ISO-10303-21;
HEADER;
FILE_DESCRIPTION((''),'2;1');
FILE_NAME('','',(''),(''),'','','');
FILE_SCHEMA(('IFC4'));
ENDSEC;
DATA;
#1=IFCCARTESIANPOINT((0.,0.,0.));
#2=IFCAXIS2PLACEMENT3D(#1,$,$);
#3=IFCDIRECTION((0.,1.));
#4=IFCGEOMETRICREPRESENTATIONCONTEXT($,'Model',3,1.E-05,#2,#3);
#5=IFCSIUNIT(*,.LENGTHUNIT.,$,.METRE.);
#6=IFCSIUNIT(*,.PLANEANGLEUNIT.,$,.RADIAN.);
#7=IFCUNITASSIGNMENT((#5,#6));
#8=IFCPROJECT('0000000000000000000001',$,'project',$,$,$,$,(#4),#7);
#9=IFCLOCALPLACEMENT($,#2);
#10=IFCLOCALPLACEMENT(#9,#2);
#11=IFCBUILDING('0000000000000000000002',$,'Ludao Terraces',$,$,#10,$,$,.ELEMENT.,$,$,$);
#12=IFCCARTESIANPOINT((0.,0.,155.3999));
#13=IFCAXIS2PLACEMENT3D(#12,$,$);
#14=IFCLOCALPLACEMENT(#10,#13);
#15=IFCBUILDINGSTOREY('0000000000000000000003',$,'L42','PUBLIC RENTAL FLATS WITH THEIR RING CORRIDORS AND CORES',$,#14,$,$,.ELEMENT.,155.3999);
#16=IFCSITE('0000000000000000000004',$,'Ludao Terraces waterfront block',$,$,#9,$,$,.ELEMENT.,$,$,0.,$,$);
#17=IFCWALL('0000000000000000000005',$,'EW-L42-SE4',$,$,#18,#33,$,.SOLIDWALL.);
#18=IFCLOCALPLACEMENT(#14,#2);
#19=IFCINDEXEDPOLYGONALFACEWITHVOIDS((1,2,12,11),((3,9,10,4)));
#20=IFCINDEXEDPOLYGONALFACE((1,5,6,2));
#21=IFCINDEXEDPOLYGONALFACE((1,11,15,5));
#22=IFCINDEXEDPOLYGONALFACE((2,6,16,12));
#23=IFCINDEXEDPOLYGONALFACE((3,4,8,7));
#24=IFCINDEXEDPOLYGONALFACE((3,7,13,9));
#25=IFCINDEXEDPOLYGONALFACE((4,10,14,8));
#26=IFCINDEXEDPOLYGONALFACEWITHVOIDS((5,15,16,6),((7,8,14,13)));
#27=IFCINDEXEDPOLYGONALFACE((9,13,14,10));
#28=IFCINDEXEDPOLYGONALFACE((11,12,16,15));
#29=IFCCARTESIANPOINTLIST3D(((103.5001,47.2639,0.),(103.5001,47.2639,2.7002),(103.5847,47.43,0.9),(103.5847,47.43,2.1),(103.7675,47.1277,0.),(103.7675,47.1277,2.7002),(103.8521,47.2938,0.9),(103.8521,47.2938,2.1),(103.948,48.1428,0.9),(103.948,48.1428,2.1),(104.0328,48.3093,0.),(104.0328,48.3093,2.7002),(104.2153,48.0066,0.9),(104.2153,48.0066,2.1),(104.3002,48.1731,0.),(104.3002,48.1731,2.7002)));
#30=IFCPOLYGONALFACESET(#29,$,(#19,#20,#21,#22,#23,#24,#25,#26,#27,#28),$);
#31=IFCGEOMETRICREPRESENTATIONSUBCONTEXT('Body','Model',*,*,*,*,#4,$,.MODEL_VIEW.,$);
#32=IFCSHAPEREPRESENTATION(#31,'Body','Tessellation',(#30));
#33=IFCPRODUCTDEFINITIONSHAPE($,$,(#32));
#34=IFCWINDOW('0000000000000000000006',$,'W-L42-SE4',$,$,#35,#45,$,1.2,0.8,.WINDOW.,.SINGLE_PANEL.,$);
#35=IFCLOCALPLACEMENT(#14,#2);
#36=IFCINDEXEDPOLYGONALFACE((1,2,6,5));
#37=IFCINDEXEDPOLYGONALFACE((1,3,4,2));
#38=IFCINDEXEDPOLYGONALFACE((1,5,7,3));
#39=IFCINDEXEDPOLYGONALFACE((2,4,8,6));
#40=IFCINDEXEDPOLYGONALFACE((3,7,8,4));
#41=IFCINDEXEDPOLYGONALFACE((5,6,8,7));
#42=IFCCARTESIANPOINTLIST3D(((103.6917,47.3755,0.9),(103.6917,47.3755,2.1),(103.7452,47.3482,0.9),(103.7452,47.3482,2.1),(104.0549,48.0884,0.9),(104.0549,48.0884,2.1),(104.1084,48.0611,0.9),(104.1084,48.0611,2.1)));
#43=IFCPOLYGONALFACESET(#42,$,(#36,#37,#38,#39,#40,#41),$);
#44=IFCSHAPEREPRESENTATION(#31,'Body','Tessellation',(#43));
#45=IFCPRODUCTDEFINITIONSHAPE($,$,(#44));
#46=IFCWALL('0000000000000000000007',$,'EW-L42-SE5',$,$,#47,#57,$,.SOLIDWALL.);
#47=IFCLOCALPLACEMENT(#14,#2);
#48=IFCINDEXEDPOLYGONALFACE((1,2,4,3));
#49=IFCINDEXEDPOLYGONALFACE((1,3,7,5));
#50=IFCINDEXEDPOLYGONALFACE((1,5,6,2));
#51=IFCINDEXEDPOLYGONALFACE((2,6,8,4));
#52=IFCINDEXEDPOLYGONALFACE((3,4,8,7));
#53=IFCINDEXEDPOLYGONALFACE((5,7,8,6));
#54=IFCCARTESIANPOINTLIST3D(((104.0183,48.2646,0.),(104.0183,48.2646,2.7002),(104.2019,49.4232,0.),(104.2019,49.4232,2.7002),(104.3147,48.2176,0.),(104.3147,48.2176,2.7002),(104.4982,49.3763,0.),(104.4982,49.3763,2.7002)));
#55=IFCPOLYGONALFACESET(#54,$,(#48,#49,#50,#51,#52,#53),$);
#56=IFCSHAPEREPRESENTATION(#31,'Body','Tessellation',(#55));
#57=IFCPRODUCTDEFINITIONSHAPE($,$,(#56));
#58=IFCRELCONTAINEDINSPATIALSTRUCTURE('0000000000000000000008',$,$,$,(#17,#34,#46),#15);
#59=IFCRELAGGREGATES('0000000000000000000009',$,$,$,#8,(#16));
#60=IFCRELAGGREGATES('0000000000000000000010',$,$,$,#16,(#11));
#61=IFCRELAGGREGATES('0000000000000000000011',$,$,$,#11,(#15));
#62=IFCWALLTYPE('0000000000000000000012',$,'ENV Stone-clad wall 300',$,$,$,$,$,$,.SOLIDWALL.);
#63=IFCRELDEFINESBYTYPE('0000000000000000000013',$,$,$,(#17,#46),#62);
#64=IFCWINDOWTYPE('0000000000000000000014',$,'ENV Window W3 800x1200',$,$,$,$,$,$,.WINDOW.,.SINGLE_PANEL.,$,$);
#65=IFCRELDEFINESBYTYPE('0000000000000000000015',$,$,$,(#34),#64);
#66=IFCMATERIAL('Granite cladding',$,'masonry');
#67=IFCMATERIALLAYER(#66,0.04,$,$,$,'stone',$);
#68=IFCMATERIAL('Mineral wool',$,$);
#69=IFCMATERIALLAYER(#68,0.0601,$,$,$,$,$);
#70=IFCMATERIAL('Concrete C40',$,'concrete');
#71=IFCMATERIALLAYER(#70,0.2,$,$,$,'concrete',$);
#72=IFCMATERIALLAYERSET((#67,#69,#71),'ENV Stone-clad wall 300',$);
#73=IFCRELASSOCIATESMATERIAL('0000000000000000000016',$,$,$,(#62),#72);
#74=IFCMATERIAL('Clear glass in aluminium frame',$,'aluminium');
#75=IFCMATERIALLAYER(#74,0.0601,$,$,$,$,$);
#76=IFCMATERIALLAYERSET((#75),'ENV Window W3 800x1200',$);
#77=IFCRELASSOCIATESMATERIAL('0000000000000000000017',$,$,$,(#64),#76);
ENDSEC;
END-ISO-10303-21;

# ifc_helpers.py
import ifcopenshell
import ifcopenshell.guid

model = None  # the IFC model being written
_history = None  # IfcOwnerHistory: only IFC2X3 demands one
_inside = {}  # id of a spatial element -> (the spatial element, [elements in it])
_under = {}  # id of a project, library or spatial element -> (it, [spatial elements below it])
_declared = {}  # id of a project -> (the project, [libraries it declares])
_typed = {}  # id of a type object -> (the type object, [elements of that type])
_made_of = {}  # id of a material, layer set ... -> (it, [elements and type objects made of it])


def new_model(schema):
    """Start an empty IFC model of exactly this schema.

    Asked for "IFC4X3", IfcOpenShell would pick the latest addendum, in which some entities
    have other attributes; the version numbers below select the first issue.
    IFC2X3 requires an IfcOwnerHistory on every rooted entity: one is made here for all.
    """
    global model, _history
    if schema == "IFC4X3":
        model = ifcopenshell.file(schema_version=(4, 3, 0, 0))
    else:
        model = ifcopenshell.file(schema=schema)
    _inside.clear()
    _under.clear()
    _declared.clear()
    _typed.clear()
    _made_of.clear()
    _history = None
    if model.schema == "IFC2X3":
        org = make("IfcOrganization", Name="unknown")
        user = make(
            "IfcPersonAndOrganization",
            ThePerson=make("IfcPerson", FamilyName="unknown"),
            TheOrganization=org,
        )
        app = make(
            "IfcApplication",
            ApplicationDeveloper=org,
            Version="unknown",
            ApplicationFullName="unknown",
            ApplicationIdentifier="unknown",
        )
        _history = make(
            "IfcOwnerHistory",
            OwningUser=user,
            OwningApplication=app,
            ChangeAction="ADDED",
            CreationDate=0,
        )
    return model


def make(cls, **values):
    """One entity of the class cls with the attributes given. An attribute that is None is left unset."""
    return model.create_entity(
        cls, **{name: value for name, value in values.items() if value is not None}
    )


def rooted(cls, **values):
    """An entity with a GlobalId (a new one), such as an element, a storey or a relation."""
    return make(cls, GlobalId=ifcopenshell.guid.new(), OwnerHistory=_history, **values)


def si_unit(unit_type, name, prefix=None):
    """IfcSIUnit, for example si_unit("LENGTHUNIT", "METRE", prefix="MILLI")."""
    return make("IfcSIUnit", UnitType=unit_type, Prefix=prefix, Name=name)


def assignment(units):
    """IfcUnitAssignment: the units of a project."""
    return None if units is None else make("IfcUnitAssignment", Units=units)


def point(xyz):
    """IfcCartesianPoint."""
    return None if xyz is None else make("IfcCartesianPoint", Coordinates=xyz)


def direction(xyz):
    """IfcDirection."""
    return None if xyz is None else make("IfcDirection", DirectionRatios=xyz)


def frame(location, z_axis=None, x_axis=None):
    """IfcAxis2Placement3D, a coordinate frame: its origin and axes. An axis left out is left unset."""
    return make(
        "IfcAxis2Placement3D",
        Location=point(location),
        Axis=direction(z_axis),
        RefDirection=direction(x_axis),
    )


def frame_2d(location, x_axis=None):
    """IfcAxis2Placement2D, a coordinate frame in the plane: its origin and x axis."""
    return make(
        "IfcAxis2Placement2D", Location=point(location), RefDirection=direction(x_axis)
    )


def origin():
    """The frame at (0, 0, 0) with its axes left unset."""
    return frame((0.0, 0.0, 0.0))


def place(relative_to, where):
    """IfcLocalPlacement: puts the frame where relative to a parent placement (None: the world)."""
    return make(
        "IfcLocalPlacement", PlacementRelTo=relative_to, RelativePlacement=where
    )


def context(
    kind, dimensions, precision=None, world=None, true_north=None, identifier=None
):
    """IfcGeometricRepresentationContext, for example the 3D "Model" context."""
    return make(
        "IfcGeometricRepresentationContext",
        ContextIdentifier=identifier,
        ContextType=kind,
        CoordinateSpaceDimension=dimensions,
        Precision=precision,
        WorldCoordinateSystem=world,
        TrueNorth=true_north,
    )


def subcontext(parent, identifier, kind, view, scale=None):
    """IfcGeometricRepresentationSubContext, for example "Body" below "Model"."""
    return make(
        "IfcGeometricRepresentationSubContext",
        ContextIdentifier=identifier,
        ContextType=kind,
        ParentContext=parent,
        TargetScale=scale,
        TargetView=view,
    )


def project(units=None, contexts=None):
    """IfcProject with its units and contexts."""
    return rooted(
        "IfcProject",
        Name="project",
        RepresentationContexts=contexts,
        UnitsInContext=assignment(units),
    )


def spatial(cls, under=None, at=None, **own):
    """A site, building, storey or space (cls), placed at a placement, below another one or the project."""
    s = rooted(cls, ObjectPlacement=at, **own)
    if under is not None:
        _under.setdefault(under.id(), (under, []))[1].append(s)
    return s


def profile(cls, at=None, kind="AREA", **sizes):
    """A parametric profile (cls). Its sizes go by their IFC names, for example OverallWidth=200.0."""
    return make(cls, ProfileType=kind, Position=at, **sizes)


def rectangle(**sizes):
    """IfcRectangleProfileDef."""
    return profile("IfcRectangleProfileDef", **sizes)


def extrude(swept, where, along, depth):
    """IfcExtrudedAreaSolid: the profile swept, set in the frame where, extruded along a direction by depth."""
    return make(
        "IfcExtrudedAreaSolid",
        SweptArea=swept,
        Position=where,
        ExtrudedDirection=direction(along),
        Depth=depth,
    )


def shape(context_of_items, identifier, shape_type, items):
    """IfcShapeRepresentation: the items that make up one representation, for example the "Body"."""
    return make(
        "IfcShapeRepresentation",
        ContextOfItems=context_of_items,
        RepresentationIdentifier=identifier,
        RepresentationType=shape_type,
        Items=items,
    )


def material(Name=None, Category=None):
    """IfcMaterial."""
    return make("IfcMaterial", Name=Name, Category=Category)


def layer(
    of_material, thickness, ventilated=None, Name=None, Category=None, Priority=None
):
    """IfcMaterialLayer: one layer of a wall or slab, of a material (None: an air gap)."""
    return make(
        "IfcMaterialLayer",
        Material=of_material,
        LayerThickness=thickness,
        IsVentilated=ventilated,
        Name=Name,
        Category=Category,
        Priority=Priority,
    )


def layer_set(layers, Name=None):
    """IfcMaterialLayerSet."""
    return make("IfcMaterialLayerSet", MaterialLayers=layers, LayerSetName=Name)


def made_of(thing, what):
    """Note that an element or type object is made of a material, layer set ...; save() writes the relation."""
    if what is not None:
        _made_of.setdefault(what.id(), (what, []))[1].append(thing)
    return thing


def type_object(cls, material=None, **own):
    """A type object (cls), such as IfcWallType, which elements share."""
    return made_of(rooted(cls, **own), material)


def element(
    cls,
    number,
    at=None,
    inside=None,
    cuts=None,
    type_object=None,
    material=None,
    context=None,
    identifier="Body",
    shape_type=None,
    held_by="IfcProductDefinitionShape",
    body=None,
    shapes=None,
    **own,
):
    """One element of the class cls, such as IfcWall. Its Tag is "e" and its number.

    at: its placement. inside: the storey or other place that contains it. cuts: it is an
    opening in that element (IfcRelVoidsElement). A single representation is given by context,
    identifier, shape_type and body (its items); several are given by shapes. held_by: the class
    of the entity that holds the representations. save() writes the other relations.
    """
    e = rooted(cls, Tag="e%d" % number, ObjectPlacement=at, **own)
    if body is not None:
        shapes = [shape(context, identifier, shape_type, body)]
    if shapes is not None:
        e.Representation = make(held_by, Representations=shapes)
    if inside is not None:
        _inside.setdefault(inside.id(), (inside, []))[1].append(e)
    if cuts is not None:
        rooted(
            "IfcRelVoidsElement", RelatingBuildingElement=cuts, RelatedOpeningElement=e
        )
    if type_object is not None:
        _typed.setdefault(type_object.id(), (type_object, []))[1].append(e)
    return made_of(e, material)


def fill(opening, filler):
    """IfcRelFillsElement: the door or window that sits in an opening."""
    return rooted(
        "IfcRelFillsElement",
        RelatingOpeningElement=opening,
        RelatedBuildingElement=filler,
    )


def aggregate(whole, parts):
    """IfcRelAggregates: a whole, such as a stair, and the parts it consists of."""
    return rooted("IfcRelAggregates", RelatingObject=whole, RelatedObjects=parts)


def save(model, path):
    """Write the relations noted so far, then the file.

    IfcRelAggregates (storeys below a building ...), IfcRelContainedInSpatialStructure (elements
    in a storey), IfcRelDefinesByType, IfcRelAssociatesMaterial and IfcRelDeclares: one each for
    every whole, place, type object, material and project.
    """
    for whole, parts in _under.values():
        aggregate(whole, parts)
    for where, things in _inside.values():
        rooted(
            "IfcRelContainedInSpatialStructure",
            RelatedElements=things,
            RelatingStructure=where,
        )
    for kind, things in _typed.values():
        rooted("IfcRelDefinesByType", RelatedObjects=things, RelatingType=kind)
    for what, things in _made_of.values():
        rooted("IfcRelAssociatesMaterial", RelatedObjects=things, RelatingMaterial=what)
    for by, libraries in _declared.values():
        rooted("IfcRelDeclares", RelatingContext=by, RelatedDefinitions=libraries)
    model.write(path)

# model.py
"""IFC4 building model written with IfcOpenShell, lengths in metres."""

from ifc_helpers import new_model, si_unit, direction, frame, frame_2d, origin, place, context, subcontext, project, spatial, rectangle, extrude, material, layer, layer_set, type_object, element, fill, save


model = new_model("IFC4")

# Units and contexts
model_context = context("Model", 3, precision=1e-05, world=origin(), true_north=direction((0.0, 1.0)))
body_context = subcontext(model_context, "Body", "Model", "MODEL_VIEW")
ifc_project = project(units=[si_unit("LENGTHUNIT", "METRE"), si_unit("PLANEANGLEUNIT", "RADIAN")], contexts=[model_context])

# Site, building, storey
site_placement = place(None, origin())
site = spatial("IfcSite", under=ifc_project, at=site_placement, Name="Ludao Terraces waterfront block", CompositionType="ELEMENT", RefElevation=0.0)
building_placement = place(site_placement, origin())
building = spatial("IfcBuilding", under=site, at=building_placement, Name="Ludao Terraces", CompositionType="ELEMENT")
storey_placement = place(building_placement, frame((0.0, 0.0, 155.3999)))
storey = spatial("IfcBuildingStorey", under=building, at=storey_placement, Name="L42", Description="PUBLIC RENTAL FLATS WITH THEIR RING CORRIDORS AND CORES", CompositionType="ELEMENT", Elevation=155.3999)

# Shared definitions
ifc_material_1 = material(Name="Concrete C40", Category="concrete")

# Wall, opening, window
ifc_material_2 = material(Name="Granite cladding", Category="masonry")
ifc_layer_1 = layer(ifc_material_2, 0.04, Category="stone")
ifc_material_3 = material(Name="Mineral wool")
ifc_layer_2 = layer(ifc_material_3, 0.0601)
ifc_layer_3 = layer(ifc_material_1, 0.2, Category="concrete")
ifc_layer_set_1 = layer_set([ifc_layer_1, ifc_layer_2, ifc_layer_3], Name="ENV Stone-clad wall 300")
wall_type = type_object("IfcWallType", Name="ENV Stone-clad wall 300", PredefinedType="SOLIDWALL", material=ifc_layer_set_1)
ifc_material_4 = material(Name="Clear glass in aluminium frame", Category="aluminium")
ifc_layer_4 = layer(ifc_material_4, 0.0601)
ifc_layer_set_2 = layer_set([ifc_layer_4], Name="ENV Window W3 800x1200")
window_type_1 = type_object("IfcWindowType", Name="ENV Window W3 800x1200", PartitioningType="SINGLE_PANEL", PredefinedType="WINDOW", material=ifc_layer_set_2)
wall_1_placement = place(storey_placement, frame((103.6338, 47.1958, 0.0), z_axis=(0.0, 0.0, 1.0), x_axis=(0.454026, 0.890989, 0.0)))
wall_1 = element("IfcWall", 1, at=wall_1_placement, inside=storey, type_object=wall_type, Name="EW-L42-SE4", PredefinedType="SOLIDWALL", context=body_context, shape_type="SweptSolid", body=[
    extrude(rectangle(XDim=1.1733, YDim=0.3, at=frame_2d((0.5867, 0.0))), origin(), (0.0, 0.0, 1.0), 2.7002),
])
opening_1_placement = place(wall_1_placement, frame((0.1865, 0.0, 0.8999)))
opening_1 = element("IfcOpeningElement", 2, at=opening_1_placement, cuts=wall_1, PredefinedType="OPENING", context=body_context, shape_type="SweptSolid", body=[
    extrude(rectangle(XDim=0.8, YDim=1.2, at=frame_2d((0.3999, 0.6001))), frame((0.0, 0.1602, 0.0), z_axis=(0.0, -1.0, 0.0), x_axis=(1.0, 0.0, 0.0)), (0.0, 0.0, 1.0), 0.3201),
])
window_1_placement = place(opening_1_placement, origin())
window_1 = element("IfcWindow", 3, at=window_1_placement, inside=storey, type_object=window_type_1, Name="W-L42-SE4", OverallHeight=1.2, OverallWidth=0.8, PartitioningType="SINGLE_PANEL", PredefinedType="WINDOW", context=body_context, shape_type="SweptSolid", body=[
    extrude(rectangle(XDim=0.8, YDim=1.2, at=frame_2d((0.3999, 0.6001))), frame((0.0, 0.03, 0.0), z_axis=(0.0, -1.0, 0.0), x_axis=(1.0, 0.0, 0.0)), (0.0, 0.0, 1.0), 0.0601),
])
fill(opening_1, window_1)

# Wall
wall_2_placement = place(storey_placement, frame((104.1665, 48.2412, 0.0), z_axis=(0.0, 0.0, 1.0), x_axis=(0.156497, 0.987678, 0.0)))
element("IfcWall", 4, at=wall_2_placement, inside=storey, type_object=wall_type, Name="EW-L42-SE5", PredefinedType="SOLIDWALL", context=body_context, shape_type="SweptSolid", body=[
    extrude(rectangle(XDim=1.1731, YDim=0.3, at=frame_2d((0.5864, 0.0))), origin(), (0.0, 0.0, 1.0), 2.7002),
])

save(model, "model.ifc")
